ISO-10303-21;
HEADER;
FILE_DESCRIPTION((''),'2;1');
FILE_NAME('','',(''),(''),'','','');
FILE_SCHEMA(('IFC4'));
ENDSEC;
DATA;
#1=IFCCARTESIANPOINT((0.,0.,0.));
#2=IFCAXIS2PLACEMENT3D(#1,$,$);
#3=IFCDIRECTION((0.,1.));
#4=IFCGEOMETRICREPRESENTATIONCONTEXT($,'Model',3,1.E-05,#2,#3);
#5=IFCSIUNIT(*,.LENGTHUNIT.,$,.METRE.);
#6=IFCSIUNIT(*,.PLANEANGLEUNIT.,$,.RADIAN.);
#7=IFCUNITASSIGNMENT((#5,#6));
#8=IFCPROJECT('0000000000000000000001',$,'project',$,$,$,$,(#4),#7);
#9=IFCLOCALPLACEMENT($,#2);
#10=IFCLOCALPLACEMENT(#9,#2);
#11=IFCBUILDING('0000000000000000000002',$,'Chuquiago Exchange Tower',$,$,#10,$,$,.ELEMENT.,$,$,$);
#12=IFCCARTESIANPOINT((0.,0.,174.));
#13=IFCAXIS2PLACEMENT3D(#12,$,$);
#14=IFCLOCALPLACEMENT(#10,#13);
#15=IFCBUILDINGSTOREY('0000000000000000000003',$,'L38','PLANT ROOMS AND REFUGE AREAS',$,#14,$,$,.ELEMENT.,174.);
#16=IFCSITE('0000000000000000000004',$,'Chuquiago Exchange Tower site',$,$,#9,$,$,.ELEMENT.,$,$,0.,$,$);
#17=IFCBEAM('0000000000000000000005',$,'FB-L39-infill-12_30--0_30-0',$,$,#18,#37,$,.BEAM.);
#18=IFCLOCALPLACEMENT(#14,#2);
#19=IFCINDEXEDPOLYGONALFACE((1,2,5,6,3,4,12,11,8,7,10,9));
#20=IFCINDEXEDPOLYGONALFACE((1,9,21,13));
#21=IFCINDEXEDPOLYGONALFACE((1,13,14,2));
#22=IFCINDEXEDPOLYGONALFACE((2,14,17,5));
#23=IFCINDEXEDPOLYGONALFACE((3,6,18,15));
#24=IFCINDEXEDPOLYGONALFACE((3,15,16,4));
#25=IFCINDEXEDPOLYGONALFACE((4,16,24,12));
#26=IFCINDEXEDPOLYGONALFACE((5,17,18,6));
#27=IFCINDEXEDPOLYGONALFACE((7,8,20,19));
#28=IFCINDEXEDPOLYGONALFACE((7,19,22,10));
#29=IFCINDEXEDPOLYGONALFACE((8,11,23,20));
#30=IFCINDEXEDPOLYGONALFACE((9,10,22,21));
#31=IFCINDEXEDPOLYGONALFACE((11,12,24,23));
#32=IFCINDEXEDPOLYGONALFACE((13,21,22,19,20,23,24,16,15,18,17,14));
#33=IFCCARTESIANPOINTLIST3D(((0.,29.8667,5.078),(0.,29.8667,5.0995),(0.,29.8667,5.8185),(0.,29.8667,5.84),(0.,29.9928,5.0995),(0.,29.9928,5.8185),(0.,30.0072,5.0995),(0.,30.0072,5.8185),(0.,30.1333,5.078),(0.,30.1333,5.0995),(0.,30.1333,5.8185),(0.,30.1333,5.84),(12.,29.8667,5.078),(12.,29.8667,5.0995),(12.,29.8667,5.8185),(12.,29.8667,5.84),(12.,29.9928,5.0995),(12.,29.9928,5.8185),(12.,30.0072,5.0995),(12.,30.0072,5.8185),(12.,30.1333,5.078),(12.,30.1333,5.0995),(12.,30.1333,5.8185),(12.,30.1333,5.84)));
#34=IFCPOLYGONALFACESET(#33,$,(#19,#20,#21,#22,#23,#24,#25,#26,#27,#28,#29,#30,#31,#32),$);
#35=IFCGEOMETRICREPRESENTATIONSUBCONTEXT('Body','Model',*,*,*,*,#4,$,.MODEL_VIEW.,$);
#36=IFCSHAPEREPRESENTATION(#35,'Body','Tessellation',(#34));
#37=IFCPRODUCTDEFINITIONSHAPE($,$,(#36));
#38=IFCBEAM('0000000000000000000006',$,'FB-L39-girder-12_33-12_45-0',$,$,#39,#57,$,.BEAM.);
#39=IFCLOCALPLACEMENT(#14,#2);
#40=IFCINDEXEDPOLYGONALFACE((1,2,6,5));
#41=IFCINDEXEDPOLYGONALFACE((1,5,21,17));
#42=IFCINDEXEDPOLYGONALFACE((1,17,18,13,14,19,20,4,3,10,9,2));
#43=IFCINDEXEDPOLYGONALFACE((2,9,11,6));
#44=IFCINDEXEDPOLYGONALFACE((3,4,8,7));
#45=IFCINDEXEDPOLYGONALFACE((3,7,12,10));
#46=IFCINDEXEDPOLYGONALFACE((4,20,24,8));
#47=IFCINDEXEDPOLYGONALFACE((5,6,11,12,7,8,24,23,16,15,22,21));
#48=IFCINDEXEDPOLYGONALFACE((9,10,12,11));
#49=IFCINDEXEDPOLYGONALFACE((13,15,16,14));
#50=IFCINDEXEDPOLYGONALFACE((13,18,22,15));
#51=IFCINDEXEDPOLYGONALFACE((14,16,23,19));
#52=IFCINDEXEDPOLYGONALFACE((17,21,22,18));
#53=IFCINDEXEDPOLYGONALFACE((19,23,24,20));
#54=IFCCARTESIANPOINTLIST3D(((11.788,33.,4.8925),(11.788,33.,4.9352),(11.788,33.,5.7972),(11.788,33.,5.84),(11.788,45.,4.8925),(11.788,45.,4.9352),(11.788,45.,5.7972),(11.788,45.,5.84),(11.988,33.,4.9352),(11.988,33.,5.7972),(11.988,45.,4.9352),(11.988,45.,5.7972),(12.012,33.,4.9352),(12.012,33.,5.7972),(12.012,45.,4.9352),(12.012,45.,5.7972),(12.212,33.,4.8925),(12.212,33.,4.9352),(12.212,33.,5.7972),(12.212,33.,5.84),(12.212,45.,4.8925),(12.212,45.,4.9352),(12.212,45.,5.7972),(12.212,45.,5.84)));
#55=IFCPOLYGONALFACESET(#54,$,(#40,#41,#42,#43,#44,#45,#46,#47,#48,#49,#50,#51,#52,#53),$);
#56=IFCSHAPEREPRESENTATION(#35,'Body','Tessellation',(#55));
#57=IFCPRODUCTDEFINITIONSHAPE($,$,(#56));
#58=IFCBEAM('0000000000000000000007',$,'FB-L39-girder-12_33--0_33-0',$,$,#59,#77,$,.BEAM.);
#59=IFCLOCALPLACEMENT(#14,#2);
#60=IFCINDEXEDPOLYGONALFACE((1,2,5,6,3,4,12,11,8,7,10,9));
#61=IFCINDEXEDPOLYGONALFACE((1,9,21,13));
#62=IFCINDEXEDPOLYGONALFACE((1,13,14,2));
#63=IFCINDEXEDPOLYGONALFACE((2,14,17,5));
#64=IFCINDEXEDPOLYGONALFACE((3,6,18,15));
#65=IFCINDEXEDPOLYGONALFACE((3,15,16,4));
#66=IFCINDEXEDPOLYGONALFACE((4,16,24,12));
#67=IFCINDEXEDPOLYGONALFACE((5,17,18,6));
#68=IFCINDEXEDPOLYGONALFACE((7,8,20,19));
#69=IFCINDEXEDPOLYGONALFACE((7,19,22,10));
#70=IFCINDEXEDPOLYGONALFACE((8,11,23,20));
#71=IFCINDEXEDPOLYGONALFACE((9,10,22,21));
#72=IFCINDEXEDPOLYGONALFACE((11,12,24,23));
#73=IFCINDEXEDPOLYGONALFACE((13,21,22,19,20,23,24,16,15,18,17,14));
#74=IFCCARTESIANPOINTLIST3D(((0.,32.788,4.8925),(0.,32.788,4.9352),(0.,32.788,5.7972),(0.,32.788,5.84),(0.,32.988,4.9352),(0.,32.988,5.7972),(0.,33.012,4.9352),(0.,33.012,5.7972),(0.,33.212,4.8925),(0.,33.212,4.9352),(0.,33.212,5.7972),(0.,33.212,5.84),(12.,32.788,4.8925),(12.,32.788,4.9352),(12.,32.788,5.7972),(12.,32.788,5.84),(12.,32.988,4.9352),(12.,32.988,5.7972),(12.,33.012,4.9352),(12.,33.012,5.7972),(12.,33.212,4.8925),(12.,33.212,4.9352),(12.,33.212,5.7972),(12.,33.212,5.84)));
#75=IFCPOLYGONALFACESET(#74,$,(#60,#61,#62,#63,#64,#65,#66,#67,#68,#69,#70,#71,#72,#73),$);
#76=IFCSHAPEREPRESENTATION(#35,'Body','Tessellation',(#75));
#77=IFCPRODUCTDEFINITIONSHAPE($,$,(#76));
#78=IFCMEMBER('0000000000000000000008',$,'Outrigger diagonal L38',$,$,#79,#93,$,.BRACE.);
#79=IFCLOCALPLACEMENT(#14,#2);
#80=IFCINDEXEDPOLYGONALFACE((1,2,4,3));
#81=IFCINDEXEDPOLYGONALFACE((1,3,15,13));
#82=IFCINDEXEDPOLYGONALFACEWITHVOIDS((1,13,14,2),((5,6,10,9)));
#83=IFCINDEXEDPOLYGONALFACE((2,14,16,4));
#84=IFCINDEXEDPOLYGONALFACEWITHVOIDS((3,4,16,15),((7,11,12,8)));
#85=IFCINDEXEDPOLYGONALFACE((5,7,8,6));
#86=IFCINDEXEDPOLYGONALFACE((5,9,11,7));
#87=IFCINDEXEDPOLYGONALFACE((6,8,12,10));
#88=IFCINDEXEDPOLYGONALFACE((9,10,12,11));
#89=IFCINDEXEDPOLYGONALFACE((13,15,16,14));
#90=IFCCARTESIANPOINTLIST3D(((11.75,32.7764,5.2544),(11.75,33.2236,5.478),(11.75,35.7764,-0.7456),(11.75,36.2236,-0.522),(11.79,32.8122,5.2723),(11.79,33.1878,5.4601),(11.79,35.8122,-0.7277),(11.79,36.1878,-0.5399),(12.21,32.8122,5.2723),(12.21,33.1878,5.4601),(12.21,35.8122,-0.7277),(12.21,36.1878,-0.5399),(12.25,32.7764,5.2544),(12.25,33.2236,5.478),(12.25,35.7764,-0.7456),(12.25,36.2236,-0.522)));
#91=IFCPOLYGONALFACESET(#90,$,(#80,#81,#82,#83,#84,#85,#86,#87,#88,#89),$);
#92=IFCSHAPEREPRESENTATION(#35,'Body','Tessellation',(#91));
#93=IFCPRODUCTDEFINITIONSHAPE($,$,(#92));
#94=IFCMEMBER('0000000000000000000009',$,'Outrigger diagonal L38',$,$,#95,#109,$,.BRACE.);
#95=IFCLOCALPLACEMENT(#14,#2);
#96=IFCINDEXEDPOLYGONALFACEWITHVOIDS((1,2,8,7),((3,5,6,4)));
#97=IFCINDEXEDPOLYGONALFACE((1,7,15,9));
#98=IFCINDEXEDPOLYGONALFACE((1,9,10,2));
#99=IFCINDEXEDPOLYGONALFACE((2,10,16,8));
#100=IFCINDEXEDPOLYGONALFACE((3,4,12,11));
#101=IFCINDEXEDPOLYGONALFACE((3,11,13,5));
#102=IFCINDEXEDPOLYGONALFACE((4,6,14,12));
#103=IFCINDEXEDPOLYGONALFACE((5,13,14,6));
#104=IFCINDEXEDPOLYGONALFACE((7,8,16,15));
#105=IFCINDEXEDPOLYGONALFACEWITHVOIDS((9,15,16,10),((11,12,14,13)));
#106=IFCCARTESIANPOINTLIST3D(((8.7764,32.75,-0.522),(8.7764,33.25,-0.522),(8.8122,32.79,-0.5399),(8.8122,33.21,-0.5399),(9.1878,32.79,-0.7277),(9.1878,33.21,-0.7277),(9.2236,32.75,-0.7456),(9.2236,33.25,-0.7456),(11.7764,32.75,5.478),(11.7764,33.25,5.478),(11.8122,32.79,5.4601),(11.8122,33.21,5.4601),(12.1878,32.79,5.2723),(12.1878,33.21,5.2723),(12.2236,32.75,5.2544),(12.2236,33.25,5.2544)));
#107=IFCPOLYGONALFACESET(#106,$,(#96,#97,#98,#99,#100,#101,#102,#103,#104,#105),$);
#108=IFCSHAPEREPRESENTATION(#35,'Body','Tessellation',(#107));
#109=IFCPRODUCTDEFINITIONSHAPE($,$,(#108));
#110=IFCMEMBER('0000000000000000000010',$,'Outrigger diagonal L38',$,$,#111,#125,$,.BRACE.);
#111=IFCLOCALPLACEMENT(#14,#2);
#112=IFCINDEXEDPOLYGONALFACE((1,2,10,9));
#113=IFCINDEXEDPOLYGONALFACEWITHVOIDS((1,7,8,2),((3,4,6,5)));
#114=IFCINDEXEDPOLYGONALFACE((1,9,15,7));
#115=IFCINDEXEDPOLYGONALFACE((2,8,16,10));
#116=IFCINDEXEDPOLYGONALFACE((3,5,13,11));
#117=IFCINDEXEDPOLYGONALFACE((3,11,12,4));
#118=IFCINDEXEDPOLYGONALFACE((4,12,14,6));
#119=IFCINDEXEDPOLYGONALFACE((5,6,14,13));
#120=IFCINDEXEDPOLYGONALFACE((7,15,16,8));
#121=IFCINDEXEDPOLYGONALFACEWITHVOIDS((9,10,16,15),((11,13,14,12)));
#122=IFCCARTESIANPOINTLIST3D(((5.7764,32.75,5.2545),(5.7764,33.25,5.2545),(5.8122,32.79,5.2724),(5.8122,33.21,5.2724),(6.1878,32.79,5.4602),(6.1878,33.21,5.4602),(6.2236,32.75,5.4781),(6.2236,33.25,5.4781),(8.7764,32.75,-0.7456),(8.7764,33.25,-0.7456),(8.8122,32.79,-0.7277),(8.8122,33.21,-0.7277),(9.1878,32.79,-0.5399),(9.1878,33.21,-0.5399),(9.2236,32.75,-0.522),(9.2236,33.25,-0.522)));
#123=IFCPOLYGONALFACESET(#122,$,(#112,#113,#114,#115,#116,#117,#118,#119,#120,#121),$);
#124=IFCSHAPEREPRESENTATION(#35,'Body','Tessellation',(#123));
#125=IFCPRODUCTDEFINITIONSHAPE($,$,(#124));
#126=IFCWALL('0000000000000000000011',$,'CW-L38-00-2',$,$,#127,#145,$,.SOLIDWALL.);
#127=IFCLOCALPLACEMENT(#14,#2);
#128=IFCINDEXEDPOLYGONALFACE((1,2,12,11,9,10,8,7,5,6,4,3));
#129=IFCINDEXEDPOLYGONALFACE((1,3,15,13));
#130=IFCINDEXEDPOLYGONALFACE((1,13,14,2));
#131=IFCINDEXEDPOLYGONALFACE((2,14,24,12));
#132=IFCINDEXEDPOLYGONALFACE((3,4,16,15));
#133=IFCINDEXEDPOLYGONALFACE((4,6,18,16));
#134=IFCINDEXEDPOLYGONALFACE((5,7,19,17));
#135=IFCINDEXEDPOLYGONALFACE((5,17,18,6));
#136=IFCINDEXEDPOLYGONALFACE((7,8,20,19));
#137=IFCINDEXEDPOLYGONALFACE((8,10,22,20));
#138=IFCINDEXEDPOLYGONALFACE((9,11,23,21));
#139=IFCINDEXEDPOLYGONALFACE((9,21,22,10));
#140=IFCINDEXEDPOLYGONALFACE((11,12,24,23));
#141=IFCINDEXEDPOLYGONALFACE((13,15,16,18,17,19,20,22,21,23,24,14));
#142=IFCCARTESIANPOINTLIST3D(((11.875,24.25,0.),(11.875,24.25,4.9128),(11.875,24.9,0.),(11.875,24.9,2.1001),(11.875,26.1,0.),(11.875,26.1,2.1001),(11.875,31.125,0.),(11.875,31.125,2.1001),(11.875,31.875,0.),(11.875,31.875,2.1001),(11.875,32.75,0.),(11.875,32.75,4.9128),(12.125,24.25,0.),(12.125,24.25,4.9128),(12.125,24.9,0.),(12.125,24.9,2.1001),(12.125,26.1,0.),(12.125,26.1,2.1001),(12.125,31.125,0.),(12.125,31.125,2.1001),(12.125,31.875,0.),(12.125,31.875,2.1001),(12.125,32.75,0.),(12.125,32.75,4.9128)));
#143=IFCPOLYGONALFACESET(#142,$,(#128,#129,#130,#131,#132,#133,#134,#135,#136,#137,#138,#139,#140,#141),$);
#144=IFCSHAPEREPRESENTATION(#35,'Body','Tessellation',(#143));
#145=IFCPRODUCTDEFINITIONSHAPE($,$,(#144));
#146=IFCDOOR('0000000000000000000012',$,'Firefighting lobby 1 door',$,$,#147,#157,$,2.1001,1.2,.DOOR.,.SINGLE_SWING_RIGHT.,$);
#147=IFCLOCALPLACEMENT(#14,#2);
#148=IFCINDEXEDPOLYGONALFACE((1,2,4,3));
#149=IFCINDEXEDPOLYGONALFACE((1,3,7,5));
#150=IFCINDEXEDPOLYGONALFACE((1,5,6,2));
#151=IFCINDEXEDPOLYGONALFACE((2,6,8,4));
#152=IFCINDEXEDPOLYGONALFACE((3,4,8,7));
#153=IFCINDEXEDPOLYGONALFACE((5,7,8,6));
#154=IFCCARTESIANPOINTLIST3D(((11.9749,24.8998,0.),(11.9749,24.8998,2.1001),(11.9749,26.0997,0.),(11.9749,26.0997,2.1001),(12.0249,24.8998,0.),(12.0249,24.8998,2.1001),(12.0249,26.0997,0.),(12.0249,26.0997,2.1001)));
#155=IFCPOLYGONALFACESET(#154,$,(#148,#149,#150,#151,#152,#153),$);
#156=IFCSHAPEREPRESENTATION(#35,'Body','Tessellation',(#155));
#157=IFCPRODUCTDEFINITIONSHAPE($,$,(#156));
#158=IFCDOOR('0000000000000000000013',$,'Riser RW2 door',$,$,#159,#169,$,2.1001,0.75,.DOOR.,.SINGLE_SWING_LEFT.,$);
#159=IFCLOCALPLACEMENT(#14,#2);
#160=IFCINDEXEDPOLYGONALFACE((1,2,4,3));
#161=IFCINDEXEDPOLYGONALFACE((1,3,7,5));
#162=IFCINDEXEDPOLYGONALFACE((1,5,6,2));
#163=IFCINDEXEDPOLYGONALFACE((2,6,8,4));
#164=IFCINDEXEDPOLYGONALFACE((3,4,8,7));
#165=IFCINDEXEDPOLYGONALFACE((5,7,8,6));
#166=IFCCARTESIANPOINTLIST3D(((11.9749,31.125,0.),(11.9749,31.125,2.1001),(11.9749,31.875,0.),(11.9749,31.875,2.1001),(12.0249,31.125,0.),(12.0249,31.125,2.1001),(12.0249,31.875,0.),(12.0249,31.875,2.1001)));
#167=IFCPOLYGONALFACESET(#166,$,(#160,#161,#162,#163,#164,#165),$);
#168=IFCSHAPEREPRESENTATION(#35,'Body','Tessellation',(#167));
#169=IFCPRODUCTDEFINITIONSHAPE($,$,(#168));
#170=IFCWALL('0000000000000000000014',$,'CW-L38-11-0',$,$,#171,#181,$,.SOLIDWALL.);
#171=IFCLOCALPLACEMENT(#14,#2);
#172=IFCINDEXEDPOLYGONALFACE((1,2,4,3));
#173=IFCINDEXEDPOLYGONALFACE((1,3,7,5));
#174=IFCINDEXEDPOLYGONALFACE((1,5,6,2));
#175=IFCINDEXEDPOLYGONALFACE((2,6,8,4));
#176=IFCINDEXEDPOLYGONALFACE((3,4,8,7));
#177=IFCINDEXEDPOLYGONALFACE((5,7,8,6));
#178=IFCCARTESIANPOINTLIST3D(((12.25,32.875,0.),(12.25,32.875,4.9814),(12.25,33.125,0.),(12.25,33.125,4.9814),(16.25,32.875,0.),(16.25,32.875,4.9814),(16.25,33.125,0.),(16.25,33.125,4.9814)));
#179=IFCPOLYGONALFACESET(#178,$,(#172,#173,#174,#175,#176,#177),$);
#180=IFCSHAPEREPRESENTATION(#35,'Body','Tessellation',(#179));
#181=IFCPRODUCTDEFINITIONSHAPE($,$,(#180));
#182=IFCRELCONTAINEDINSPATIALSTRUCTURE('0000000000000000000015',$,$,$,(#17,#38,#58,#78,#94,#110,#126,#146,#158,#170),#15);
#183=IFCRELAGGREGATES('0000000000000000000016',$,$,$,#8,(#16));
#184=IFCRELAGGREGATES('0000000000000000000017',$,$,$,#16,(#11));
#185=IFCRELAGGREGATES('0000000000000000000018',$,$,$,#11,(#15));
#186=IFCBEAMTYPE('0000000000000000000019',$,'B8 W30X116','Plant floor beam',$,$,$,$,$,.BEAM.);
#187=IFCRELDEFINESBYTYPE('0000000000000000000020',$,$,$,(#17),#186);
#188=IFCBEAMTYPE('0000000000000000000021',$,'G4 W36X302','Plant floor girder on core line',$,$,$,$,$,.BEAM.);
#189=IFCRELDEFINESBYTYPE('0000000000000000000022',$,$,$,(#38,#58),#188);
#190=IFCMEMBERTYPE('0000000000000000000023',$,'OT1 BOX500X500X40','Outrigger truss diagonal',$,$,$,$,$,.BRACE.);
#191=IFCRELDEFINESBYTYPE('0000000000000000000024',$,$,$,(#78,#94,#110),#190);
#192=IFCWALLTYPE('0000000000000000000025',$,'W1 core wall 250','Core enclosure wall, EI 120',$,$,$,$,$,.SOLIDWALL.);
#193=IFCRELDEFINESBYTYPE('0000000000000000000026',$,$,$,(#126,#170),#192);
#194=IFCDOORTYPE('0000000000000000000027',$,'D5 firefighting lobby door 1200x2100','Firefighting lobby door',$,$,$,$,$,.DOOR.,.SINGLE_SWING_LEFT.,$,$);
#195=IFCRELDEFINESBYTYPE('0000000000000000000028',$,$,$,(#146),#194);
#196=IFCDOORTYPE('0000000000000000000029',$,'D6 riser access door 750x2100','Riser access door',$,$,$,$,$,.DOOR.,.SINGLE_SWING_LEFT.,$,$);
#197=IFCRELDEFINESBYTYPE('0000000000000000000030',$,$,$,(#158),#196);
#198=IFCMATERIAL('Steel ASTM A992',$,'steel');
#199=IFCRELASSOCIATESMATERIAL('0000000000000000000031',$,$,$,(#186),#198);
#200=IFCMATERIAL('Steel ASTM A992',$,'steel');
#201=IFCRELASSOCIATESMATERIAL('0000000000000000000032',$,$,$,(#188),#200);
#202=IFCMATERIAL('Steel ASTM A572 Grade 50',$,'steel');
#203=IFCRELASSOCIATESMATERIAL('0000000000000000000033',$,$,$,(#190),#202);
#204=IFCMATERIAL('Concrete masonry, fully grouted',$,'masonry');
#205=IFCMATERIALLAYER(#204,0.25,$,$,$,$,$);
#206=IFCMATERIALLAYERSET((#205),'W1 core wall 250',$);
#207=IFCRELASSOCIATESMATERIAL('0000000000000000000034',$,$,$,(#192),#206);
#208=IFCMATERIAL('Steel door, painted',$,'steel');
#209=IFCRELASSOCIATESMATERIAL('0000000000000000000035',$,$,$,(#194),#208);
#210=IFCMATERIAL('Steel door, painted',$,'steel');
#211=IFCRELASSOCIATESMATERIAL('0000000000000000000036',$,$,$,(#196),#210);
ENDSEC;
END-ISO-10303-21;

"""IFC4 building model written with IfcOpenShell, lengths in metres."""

from ifc_helpers import new_model, si_unit, direction, frame, frame_2d, origin, origin_2d, place, context, subcontext, project, spatial, rectangle, hollow_rectangle, i_section, extrude, material, layer, layer_set, material_profile, profile_set, type_object, element, fill, save


model = new_model("IFC4")

# Units and contexts
model_context = context("Model", 3, precision=1e-05, world=origin(), true_north=direction((0.0, 1.0)))
body_context = subcontext(model_context, "Body", "Model", "MODEL_VIEW")
ifc_project = project(units=[si_unit("LENGTHUNIT", "METRE"), si_unit("PLANEANGLEUNIT", "RADIAN")], contexts=[model_context])

# Site, building, storey
site_placement = place(None, origin())
site = spatial("IfcSite", under=ifc_project, at=site_placement, Name="Chuquiago Exchange Tower site", CompositionType="ELEMENT", RefElevation=0.0)
building_placement = place(site_placement, origin())
building = spatial("IfcBuilding", under=site, at=building_placement, Name="Chuquiago Exchange Tower", CompositionType="ELEMENT")
storey_placement = place(building_placement, frame((0.0, 0.0, 174.0)))
storey = spatial("IfcBuildingStorey", under=building, at=storey_placement, Name="L38", Description="PLANT ROOMS AND REFUGE AREAS", CompositionType="ELEMENT", Elevation=174.0)

# Beams
ifc_material_1 = material(Name="Steel ASTM A992", Category="steel")
ifc_material_profile_1 = material_profile(ifc_material_1, i_section(OverallWidth=0.2666, OverallDepth=0.762, WebThickness=0.0144, FlangeThickness=0.0215, at=origin_2d()), Name="W30X116")
ifc_profile_set_1 = profile_set([ifc_material_profile_1], Name="Steel ASTM A992")
beam_type_1 = type_object("IfcBeamType", Name="B8 W30X116", Description="Plant floor beam", PredefinedType="BEAM", material=ifc_profile_set_1)
for number, where, z_axis, x_axis, name in (
    (1, (12.0, 30.0, 5.459), (-1.0, 0.0, 0.0), (0.0, -1.0, 0.0), "FB-L39-infill-12_30--0_30-0"),
):
    element("IfcBeam", number, at=place(storey_placement, frame(where, z_axis=z_axis, x_axis=x_axis)), inside=storey, type_object=beam_type_1, Name=name, PredefinedType="BEAM", context=body_context, shape_type="SweptSolid", body=[
        extrude(i_section(OverallWidth=0.2666, OverallDepth=0.762, WebThickness=0.0144, FlangeThickness=0.0215, at=origin_2d()), origin(), (0.0, 0.0, 1.0), 12.0),
    ])
ifc_material_2 = material(Name="Steel ASTM A992", Category="steel")
ifc_material_profile_2 = material_profile(ifc_material_2, i_section(OverallWidth=0.4241, OverallDepth=0.9475, WebThickness=0.0239, FlangeThickness=0.0427, at=origin_2d()), Name="W36X302")
ifc_profile_set_2 = profile_set([ifc_material_profile_2], Name="Steel ASTM A992")
beam_type_2 = type_object("IfcBeamType", Name="G4 W36X302", Description="Plant floor girder on core line", PredefinedType="BEAM", material=ifc_profile_set_2)
for number, where, z_axis, x_axis, name in (
    (2, (12.0, 33.0, 5.3662), (0.0, 1.0, 0.0), (-1.0, 0.0, 0.0), "FB-L39-girder-12_33-12_45-0"),
    (3, (12.0, 33.0, 5.3662), (-1.0, 0.0, 0.0), (0.0, -1.0, 0.0), "FB-L39-girder-12_33--0_33-0"),
):
    element("IfcBeam", number, at=place(storey_placement, frame(where, z_axis=z_axis, x_axis=x_axis)), inside=storey, type_object=beam_type_2, Name=name, PredefinedType="BEAM", context=body_context, shape_type="SweptSolid", body=[
        extrude(i_section(OverallWidth=0.4241, OverallDepth=0.9475, WebThickness=0.0239, FlangeThickness=0.0427, at=origin_2d()), origin(), (0.0, 0.0, 1.0), 12.0),
    ])

# Members
ifc_material_3 = material(Name="Steel ASTM A572 Grade 50", Category="steel")
ifc_material_profile_3 = material_profile(ifc_material_3, hollow_rectangle(XDim=0.5, YDim=0.5, WallThickness=0.04, at=origin_2d()), Name="BOX500X500X40")
ifc_profile_set_3 = profile_set([ifc_material_profile_3], Name="Steel ASTM A572 Grade 50")
member_type = type_object("IfcMemberType", Name="OT1 BOX500X500X40", Description="Outrigger truss diagonal", PredefinedType="BRACE", material=ifc_profile_set_3)
for number, where, z_axis, x_axis, name in (
    (4, (12.0, 33.0, 5.3662), (0.0, 0.447214, -0.894427), (-1.0, 0.0, 0.0), "Outrigger diagonal L38"),
    (5, (12.0, 33.0, 5.3662), (-0.447214, 0.0, -0.894427), (0.0, -1.0, 0.0), "Outrigger diagonal L38"),
    (6, (9.0, 33.0, -0.6338), (-0.447214, 0.0, 0.894427), (0.0, -1.0, 0.0), "Outrigger diagonal L38"),
):
    element("IfcMember", number, at=place(storey_placement, frame(where, z_axis=z_axis, x_axis=x_axis)), inside=storey, type_object=member_type, Name=name, PredefinedType="BRACE", context=body_context, shape_type="SweptSolid", body=[
        extrude(hollow_rectangle(XDim=0.5, YDim=0.5, WallThickness=0.04, at=origin_2d()), origin(), (0.0, 0.0, 1.0), 6.7083),
    ])

# Wall, openings, doors
ifc_material_4 = material(Name="Concrete masonry, fully grouted", Category="masonry")
ifc_layer_1 = layer(ifc_material_4, 0.25)
ifc_layer_set_1 = layer_set([ifc_layer_1], Name="W1 core wall 250")
wall_type_1 = type_object("IfcWallType", Name="W1 core wall 250", Description="Core enclosure wall, EI 120", PredefinedType="SOLIDWALL", material=ifc_layer_set_1)
wall_1_placement = place(storey_placement, frame((12.0, 24.25, 0.0), z_axis=(0.0, 0.0, 1.0), x_axis=(0.0, 1.0, 0.0)))
wall_1 = element("IfcWall", 7, at=wall_1_placement, inside=storey, type_object=wall_type_1, Name="CW-L38-00-2", PredefinedType="SOLIDWALL", context=body_context, shape_type="SweptSolid", body=[
    extrude(rectangle(XDim=8.5, YDim=0.25, at=frame_2d((4.25, 0.0))), origin(), (0.0, 0.0, 1.0), 4.9128),
])
opening_1_placement = place(wall_1_placement, frame((0.6499, 0.0, 0.0)))
opening_1 = element("IfcOpeningElement", 8, at=opening_1_placement, cuts=wall_1, PredefinedType="OPENING", context=body_context, shape_type="SweptSolid", body=[
    extrude(rectangle(XDim=1.2, YDim=2.1001, at=frame_2d((0.6001, 1.05))), frame((0.0, 0.135, 0.0), z_axis=(0.0, -1.0, 0.0), x_axis=(1.0, 0.0, 0.0)), (0.0, 0.0, 1.0), 0.27),
])
opening_2_placement = place(wall_1_placement, frame((6.875, 0.0, 0.0)))
opening_2 = element("IfcOpeningElement", 9, at=opening_2_placement, cuts=wall_1, PredefinedType="OPENING", context=body_context, shape_type="SweptSolid", body=[
    extrude(rectangle(XDim=0.75, YDim=2.1001, at=frame_2d((0.375, 1.05))), frame((0.0, 0.135, 0.0), z_axis=(0.0, -1.0, 0.0), x_axis=(1.0, 0.0, 0.0)), (0.0, 0.0, 1.0), 0.27),
])
ifc_material_5 = material(Name="Steel door, painted", Category="steel")
door_type_1 = type_object("IfcDoorType", Name="D5 firefighting lobby door 1200x2100", Description="Firefighting lobby door", OperationType="SINGLE_SWING_LEFT", PredefinedType="DOOR", material=ifc_material_5)
door_1_placement = place(opening_1_placement, frame((1.2, 0.0, 0.0), z_axis=(0.0, 0.0, 1.0), x_axis=(-1.0, 0.0, 0.0)))
door_1 = element("IfcDoor", 10, at=door_1_placement, inside=storey, type_object=door_type_1, Name="Firefighting lobby 1 door", OperationType="SINGLE_SWING_RIGHT", OverallHeight=2.1001, OverallWidth=1.2, PredefinedType="DOOR", context=body_context, shape_type="SweptSolid", body=[
    extrude(rectangle(XDim=1.2, YDim=2.1001, at=frame_2d((0.6001, 1.05))), frame((0.0, 0.0249, 0.0), z_axis=(0.0, -1.0, 0.0), x_axis=(1.0, 0.0, 0.0)), (0.0, 0.0, 1.0), 0.05),
])
fill(opening_1, door_1)
ifc_material_6 = material(Name="Steel door, painted", Category="steel")
door_type_2 = type_object("IfcDoorType", Name="D6 riser access door 750x2100", Description="Riser access door", OperationType="SINGLE_SWING_LEFT", PredefinedType="DOOR", material=ifc_material_6)
door_2_placement = place(opening_2_placement, frame((0.75, 0.0, 0.0), z_axis=(0.0, 0.0, 1.0), x_axis=(-1.0, 0.0, 0.0)))
door_2 = element("IfcDoor", 11, at=door_2_placement, inside=storey, type_object=door_type_2, Name="Riser RW2 door", OperationType="SINGLE_SWING_LEFT", OverallHeight=2.1001, OverallWidth=0.75, PredefinedType="DOOR", context=body_context, shape_type="SweptSolid", body=[
    extrude(rectangle(XDim=0.75, YDim=2.1001, at=frame_2d((0.375, 1.05))), frame((0.0, 0.0249, 0.0), z_axis=(0.0, -1.0, 0.0), x_axis=(1.0, 0.0, 0.0)), (0.0, 0.0, 1.0), 0.05),
])
fill(opening_2, door_2)

# Wall
wall_2_placement = place(storey_placement, frame((12.25, 33.0, 0.0), z_axis=(0.0, 0.0, 1.0), x_axis=(1.0, 0.0, 0.0)))
element("IfcWall", 12, at=wall_2_placement, inside=storey, type_object=wall_type_1, Name="CW-L38-11-0", PredefinedType="SOLIDWALL", context=body_context, shape_type="SweptSolid", body=[
    extrude(rectangle(XDim=4.0, YDim=0.25, at=frame_2d((2.0, 0.0))), origin(), (0.0, 0.0, 1.0), 4.9814),
])

save(model, "model.ifc")
